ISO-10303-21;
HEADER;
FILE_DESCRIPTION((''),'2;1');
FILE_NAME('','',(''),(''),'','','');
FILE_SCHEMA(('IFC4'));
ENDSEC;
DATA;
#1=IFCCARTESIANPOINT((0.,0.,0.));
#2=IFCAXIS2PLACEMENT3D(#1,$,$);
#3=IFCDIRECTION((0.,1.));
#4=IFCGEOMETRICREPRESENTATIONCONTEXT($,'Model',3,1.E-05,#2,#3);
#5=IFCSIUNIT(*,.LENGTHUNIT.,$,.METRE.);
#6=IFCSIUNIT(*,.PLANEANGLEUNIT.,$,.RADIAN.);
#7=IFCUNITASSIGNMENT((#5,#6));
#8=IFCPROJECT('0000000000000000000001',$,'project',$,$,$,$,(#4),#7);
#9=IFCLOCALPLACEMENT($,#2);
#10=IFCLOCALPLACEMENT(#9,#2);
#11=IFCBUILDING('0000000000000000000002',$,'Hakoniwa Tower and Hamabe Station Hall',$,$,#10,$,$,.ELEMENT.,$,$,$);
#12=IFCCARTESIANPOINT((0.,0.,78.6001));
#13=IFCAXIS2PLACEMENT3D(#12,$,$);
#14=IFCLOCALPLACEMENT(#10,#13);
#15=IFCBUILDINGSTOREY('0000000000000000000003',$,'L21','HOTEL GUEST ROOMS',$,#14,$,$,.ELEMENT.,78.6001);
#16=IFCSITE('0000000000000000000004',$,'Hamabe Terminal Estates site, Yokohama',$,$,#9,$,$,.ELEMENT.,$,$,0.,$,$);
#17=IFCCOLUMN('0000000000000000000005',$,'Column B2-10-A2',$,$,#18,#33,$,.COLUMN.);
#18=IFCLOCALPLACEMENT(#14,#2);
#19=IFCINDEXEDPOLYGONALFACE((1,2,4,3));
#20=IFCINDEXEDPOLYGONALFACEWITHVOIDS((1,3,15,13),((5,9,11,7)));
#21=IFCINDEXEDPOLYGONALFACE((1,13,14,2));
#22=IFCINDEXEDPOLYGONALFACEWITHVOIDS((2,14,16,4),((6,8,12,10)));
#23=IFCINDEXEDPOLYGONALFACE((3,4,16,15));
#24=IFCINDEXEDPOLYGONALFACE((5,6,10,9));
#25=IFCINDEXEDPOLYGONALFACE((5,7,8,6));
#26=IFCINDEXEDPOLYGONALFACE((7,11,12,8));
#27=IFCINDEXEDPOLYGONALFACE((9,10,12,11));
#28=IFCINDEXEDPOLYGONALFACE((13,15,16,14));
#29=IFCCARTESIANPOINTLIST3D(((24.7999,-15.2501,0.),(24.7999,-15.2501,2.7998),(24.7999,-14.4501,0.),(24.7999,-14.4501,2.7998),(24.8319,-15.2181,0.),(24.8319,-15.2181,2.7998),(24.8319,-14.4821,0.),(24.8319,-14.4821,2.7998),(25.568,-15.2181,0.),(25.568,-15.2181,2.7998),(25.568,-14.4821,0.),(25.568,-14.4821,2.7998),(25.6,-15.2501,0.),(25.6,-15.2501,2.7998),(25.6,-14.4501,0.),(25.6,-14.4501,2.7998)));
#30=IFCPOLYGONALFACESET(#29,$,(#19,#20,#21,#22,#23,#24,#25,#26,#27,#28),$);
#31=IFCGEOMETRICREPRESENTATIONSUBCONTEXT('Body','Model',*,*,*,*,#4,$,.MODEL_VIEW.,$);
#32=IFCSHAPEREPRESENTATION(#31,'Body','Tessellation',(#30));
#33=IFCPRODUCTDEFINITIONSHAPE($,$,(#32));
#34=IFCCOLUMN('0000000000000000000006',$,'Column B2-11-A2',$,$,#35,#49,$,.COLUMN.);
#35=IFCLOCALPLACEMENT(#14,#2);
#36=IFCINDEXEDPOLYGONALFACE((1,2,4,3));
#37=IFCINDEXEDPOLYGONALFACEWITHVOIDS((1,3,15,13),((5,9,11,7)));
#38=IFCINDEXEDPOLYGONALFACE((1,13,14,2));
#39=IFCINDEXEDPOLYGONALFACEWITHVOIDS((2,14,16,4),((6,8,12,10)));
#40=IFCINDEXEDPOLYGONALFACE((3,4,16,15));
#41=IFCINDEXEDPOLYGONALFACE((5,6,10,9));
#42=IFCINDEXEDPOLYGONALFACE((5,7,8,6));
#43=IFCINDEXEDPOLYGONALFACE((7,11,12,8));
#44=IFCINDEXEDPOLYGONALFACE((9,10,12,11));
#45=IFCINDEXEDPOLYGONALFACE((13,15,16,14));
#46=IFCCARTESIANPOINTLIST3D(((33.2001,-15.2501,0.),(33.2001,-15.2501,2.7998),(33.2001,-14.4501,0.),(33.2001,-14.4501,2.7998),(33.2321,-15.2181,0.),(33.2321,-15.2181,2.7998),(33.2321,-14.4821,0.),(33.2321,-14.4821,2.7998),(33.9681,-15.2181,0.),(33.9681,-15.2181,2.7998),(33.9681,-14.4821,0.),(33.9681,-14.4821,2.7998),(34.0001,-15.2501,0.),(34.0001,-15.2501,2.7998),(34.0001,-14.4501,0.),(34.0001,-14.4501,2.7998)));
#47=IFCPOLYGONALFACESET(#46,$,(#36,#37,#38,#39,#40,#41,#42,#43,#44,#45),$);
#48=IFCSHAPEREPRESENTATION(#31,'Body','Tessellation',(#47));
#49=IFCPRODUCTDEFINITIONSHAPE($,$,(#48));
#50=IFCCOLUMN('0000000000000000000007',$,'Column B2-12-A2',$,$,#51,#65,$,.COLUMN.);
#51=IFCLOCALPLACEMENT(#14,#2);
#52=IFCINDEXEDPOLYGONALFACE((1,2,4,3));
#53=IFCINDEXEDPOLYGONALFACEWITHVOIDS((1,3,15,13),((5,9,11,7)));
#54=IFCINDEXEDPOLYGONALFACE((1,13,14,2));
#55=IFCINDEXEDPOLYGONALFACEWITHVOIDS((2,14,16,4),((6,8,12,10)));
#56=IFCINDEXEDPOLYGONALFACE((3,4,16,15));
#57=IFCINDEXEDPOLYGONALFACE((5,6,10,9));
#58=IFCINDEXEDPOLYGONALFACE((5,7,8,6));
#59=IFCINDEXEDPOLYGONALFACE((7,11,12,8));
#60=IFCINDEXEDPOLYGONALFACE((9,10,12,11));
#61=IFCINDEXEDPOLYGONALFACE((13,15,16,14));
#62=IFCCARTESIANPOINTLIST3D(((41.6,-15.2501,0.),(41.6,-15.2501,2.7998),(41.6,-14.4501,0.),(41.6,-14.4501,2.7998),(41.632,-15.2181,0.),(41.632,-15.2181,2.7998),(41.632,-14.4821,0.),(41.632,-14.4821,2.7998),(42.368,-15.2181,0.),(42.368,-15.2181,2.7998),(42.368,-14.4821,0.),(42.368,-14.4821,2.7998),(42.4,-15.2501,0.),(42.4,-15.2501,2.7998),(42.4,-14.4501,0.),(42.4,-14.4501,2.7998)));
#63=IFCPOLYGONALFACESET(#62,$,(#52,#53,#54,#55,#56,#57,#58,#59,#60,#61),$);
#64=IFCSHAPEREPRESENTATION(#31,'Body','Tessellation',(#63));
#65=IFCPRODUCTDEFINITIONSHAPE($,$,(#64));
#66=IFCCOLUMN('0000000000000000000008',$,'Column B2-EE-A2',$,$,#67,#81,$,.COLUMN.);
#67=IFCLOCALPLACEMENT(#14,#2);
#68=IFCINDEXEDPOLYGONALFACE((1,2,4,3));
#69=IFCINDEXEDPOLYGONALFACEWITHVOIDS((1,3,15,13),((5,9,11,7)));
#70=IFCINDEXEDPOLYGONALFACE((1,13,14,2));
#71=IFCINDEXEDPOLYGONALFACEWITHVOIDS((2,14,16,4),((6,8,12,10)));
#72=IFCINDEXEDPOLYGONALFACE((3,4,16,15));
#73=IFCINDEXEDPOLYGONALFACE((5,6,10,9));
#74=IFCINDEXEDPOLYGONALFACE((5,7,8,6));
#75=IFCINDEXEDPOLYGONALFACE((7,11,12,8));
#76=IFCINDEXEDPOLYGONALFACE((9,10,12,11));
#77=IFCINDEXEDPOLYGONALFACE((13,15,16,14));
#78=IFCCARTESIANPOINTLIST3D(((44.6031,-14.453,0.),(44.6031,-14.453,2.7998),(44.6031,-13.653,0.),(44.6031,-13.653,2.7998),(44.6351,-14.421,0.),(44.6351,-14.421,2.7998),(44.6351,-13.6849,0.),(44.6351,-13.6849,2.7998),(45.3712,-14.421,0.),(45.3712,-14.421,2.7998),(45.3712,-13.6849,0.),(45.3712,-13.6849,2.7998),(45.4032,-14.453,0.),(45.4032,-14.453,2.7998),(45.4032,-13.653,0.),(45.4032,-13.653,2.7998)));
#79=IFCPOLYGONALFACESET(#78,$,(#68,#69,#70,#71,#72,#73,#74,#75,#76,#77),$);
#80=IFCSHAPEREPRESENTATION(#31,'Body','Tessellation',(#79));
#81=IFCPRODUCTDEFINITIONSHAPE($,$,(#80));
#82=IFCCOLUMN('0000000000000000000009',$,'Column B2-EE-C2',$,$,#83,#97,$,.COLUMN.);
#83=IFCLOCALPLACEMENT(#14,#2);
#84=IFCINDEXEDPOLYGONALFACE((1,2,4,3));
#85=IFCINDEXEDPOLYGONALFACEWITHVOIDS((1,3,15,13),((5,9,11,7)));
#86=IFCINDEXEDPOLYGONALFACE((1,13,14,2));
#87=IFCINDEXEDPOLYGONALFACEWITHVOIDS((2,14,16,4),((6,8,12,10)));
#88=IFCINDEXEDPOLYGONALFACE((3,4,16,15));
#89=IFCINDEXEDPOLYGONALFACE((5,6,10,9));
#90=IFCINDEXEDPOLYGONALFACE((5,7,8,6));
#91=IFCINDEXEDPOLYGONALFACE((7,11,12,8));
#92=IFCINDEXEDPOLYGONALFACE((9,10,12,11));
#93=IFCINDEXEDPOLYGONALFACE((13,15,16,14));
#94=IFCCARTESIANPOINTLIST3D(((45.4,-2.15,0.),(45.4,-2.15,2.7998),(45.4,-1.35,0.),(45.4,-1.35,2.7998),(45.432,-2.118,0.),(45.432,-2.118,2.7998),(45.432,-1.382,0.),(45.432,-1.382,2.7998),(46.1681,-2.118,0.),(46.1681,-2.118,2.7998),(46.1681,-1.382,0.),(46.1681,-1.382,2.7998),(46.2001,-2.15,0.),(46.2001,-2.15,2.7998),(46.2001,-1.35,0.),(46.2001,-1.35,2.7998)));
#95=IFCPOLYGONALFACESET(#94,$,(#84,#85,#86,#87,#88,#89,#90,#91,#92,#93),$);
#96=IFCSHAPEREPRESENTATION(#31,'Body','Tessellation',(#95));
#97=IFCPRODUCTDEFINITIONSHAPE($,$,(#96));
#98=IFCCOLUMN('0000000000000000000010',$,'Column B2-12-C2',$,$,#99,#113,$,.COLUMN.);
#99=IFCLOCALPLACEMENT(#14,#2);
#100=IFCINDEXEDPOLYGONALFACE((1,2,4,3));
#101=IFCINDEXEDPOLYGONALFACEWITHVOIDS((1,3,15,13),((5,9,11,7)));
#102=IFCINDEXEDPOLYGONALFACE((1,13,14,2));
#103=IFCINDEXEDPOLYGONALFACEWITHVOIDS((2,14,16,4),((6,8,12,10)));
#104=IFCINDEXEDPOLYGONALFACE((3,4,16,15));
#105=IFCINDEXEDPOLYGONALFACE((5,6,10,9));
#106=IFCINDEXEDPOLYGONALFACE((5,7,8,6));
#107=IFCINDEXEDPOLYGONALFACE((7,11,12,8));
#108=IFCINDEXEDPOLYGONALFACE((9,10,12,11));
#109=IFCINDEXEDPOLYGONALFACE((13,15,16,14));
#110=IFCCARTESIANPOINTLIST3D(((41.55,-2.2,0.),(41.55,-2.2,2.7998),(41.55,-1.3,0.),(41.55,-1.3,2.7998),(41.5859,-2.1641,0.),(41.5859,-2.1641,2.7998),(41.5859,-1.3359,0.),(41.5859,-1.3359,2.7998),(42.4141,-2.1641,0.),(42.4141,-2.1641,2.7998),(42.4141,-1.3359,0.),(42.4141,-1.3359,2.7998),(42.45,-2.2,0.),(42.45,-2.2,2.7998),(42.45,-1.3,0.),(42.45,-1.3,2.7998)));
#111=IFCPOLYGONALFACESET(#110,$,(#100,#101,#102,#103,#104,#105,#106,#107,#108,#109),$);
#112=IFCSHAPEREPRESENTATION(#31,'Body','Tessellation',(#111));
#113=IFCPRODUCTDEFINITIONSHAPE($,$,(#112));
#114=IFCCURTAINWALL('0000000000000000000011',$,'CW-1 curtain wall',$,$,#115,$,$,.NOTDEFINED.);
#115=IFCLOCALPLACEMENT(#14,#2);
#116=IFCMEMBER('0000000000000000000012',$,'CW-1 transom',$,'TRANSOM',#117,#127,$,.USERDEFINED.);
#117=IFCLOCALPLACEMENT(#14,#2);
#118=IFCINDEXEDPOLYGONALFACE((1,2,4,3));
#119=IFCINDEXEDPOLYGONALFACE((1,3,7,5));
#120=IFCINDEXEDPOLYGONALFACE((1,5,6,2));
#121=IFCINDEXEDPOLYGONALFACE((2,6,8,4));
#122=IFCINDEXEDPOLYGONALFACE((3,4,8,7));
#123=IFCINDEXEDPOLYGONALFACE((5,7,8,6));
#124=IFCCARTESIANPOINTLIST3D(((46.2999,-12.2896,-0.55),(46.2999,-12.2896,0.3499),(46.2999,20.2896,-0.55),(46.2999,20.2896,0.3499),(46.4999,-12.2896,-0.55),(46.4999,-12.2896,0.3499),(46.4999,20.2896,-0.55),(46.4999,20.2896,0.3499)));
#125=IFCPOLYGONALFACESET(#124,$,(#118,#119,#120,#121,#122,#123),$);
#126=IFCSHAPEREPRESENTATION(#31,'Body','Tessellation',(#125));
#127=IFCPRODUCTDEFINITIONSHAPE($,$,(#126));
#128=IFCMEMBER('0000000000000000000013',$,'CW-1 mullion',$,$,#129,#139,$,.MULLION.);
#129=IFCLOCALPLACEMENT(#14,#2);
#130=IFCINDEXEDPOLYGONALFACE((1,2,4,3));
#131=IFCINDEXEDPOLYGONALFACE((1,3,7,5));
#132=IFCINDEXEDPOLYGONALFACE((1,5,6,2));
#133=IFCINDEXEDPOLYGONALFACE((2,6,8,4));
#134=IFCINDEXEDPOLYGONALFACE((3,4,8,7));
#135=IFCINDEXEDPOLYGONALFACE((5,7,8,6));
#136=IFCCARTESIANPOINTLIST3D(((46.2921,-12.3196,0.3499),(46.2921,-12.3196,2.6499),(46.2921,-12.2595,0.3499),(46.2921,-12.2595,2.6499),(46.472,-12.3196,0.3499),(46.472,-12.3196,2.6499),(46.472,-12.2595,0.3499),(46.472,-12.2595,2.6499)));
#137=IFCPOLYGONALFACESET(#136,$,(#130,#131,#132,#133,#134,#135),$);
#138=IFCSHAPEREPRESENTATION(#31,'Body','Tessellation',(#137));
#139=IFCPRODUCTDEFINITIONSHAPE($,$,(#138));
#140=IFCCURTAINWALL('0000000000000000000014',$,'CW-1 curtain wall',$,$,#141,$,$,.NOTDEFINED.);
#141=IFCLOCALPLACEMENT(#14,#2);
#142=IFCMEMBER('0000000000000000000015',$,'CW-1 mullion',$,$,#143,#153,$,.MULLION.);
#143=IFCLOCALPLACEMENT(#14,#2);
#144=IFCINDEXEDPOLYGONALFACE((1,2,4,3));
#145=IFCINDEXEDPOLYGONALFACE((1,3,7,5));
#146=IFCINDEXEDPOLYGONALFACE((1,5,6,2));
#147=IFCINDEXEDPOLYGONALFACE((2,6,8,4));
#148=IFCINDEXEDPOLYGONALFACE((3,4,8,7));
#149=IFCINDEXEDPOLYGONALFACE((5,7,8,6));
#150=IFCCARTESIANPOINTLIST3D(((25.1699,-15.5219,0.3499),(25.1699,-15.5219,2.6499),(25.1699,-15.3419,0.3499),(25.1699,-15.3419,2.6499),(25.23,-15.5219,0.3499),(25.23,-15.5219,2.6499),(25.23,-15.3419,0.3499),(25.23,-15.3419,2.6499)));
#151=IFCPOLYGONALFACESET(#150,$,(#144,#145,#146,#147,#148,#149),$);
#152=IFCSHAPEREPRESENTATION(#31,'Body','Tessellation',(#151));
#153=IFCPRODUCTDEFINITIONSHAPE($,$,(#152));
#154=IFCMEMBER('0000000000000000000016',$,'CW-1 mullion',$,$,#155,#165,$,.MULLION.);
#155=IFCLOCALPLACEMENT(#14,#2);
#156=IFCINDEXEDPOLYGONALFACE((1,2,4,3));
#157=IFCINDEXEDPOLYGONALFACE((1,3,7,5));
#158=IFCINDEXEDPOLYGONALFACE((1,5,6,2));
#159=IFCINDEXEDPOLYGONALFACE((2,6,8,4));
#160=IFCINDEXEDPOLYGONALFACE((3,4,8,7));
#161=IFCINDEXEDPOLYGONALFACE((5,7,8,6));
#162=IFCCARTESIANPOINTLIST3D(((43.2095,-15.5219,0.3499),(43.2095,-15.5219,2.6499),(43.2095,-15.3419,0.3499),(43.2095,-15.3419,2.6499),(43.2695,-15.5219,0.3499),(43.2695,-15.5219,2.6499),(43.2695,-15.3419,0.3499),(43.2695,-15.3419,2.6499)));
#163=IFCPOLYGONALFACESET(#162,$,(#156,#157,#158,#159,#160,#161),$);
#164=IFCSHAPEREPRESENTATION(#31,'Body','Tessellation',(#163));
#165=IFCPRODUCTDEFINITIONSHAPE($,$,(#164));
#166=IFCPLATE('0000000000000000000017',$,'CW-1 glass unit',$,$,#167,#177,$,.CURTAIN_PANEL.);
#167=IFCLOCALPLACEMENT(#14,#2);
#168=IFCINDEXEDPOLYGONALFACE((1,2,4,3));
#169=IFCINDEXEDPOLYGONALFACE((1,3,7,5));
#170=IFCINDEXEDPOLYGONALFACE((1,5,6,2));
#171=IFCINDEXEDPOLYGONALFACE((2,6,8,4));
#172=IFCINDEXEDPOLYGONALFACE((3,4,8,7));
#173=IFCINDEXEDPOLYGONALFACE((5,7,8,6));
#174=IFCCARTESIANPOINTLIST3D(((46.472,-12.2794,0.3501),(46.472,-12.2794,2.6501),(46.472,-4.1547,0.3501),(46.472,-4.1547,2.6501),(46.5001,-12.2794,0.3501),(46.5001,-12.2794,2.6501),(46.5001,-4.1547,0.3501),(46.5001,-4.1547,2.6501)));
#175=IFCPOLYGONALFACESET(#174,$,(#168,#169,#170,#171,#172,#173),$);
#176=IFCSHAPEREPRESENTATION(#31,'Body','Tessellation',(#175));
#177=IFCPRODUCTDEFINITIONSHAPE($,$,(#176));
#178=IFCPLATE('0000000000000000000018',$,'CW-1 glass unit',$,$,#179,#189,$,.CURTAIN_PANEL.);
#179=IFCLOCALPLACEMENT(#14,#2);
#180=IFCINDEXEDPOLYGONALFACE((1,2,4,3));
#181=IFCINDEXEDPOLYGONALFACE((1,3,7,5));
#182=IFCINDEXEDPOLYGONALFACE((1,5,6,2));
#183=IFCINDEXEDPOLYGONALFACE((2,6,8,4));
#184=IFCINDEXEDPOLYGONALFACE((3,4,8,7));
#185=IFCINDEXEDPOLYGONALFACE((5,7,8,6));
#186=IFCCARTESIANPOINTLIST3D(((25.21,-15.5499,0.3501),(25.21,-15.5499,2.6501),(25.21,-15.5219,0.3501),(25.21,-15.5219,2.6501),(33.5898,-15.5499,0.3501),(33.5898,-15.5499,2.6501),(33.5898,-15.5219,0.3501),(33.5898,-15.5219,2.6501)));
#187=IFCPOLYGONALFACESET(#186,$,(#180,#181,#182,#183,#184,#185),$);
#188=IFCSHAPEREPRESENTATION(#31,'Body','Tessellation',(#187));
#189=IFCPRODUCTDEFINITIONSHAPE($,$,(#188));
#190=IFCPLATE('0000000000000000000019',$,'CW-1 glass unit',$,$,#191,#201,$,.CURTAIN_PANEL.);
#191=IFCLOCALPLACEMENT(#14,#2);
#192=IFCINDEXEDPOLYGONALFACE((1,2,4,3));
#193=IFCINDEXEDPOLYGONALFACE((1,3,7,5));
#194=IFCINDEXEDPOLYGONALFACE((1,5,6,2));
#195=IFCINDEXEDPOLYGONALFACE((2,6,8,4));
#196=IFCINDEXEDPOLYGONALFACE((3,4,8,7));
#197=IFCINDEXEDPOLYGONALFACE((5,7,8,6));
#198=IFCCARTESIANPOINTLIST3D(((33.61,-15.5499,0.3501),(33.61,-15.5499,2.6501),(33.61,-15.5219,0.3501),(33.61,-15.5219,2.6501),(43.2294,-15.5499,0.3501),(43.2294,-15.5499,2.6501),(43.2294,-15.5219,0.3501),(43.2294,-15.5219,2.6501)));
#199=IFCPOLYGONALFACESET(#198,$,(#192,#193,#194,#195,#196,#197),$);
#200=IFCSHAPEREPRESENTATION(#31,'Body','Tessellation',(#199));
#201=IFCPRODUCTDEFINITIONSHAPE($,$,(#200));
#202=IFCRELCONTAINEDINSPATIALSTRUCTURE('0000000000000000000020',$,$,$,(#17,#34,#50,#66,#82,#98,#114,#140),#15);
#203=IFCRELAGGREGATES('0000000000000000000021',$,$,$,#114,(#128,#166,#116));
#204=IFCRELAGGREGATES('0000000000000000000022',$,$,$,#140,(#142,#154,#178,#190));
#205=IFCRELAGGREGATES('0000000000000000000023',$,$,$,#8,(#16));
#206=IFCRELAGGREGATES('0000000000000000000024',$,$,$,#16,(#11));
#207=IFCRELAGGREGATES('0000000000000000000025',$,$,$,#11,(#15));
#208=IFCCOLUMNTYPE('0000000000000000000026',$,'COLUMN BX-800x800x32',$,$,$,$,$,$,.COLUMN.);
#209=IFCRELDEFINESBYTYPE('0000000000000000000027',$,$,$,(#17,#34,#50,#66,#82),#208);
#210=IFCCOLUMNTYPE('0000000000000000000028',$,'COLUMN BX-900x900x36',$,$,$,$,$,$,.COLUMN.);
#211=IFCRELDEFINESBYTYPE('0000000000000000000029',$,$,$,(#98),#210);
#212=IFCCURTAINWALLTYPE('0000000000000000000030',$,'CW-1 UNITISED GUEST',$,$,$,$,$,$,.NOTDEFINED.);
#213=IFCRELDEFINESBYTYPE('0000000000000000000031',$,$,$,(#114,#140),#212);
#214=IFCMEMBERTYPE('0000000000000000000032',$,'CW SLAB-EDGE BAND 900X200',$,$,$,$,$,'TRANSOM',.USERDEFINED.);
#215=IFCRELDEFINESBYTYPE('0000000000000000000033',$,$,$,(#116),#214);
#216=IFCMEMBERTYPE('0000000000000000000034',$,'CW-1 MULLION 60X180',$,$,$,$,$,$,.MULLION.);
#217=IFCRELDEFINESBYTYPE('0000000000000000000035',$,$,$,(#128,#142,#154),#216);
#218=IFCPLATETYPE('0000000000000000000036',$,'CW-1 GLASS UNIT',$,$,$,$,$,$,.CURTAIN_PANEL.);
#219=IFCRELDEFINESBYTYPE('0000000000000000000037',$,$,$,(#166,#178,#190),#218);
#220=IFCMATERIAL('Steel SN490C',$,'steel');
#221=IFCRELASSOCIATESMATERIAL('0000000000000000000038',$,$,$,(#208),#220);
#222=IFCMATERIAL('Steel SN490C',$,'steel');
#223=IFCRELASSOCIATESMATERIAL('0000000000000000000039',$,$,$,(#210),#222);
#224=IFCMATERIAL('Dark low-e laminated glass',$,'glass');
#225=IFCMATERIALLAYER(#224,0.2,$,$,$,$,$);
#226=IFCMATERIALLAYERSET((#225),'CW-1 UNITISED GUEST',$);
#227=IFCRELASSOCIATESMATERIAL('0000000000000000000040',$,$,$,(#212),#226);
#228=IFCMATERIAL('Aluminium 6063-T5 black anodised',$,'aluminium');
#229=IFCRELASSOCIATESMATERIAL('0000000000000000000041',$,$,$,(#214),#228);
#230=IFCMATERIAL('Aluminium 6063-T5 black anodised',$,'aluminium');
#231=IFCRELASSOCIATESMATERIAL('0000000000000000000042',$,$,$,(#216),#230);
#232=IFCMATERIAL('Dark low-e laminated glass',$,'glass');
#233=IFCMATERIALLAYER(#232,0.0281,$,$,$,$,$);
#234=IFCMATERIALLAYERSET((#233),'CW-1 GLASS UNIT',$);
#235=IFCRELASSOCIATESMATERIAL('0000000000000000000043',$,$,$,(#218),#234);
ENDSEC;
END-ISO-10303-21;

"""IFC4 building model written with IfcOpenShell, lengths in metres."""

from ifc_helpers import new_model, si_unit, direction, frame, origin, origin_2d, place, context, subcontext, project, spatial, rectangle, hollow_rectangle, extrude, material, layer, layer_set, material_profile, profile_set, type_object, element, aggregate, save


model = new_model("IFC4")

# Units and contexts
model_context = context("Model", 3, precision=1e-05, world=origin(), true_north=direction((0.0, 1.0)))
body_context = subcontext(model_context, "Body", "Model", "MODEL_VIEW")
ifc_project = project(units=[si_unit("LENGTHUNIT", "METRE"), si_unit("PLANEANGLEUNIT", "RADIAN")], contexts=[model_context])

# Site, building, storey
site_placement = place(None, origin())
site = spatial("IfcSite", under=ifc_project, at=site_placement, Name="Hamabe Terminal Estates site, Yokohama", CompositionType="ELEMENT", RefElevation=0.0)
building_placement = place(site_placement, origin())
building = spatial("IfcBuilding", under=site, at=building_placement, Name="Hakoniwa Tower and Hamabe Station Hall", CompositionType="ELEMENT")
storey_placement = place(building_placement, frame((0.0, 0.0, 78.6001)))
storey = spatial("IfcBuildingStorey", under=building, at=storey_placement, Name="L21", Description="HOTEL GUEST ROOMS", CompositionType="ELEMENT", Elevation=78.6001)

# Columns
ifc_material_1 = material(Name="Steel SN490C", Category="steel")
ifc_material_profile_1 = material_profile(ifc_material_1, hollow_rectangle(XDim=0.8, YDim=0.8, WallThickness=0.032, at=origin_2d()), Name="BX-800x800x32")
ifc_profile_set_1 = profile_set([ifc_material_profile_1], Name="Steel SN490C")
column_type_1 = type_object("IfcColumnType", Name="COLUMN BX-800x800x32", PredefinedType="COLUMN", material=ifc_profile_set_1)
for number, where, z_axis, x_axis, name in (
    (1, (25.2, -14.8501, 0.0), (0.0, 0.0, 1.0), (1.0, 0.0, 0.0), "Column B2-10-A2"),
    (2, (33.6001, -14.8501, 0.0), (0.0, 0.0, 1.0), (1.0, 0.0, 0.0), "Column B2-11-A2"),
    (3, (42.0, -14.8501, 0.0), (0.0, 0.0, 1.0), (1.0, 0.0, 0.0), "Column B2-12-A2"),
    (4, (45.0032, -14.053, 0.0), (0.0, 0.0, 1.0), (1.0, 0.0, 0.0), "Column B2-EE-A2"),
    (5, (45.8, -1.75, 0.0), (0.0, 0.0, 1.0), (1.0, 0.0, 0.0), "Column B2-EE-C2"),
):
    element("IfcColumn", number, at=place(storey_placement, frame(where, z_axis=z_axis, x_axis=x_axis)), inside=storey, type_object=column_type_1, Name=name, PredefinedType="COLUMN", context=body_context, shape_type="SweptSolid", body=[
        extrude(hollow_rectangle(XDim=0.8, YDim=0.8, WallThickness=0.032, at=origin_2d()), origin(), (0.0, 0.0, 1.0), 2.7998),
    ])
ifc_material_2 = material(Name="Steel SN490C", Category="steel")
ifc_material_profile_2 = material_profile(ifc_material_2, hollow_rectangle(XDim=0.8999, YDim=0.8999, WallThickness=0.0359, at=origin_2d()), Name="BX-900x900x36")
ifc_profile_set_2 = profile_set([ifc_material_profile_2], Name="Steel SN490C")
column_type_2 = type_object("IfcColumnType", Name="COLUMN BX-900x900x36", PredefinedType="COLUMN", material=ifc_profile_set_2)
column_placement = place(storey_placement, frame((42.0, -1.75, 0.0), z_axis=(0.0, 0.0, 1.0), x_axis=(1.0, 0.0, 0.0)))
element("IfcColumn", 6, at=column_placement, inside=storey, type_object=column_type_2, Name="Column B2-12-C2", PredefinedType="COLUMN", context=body_context, shape_type="SweptSolid", body=[
    extrude(hollow_rectangle(XDim=0.8999, YDim=0.8999, WallThickness=0.0359, at=origin_2d()), origin(), (0.0, 0.0, 1.0), 2.7998),
])

# Curtain walls, members
ifc_material_3 = material(Name="Dark low-e laminated glass", Category="glass")
ifc_layer_1 = layer(ifc_material_3, 0.2)
ifc_layer_set_1 = layer_set([ifc_layer_1], Name="CW-1 UNITISED GUEST")
curtain_wall_type = type_object("IfcCurtainWallType", Name="CW-1 UNITISED GUEST", PredefinedType="NOTDEFINED", material=ifc_layer_set_1)
curtain_wall_1_placement = place(storey_placement, origin())
curtain_wall_1 = element("IfcCurtainWall", 7, at=curtain_wall_1_placement, inside=storey, type_object=curtain_wall_type, Name="CW-1 curtain wall", PredefinedType="NOTDEFINED")
ifc_material_4 = material(Name="Aluminium 6063-T5 black anodised", Category="aluminium")
ifc_material_profile_3 = material_profile(ifc_material_4, rectangle(XDim=0.2, YDim=0.8999, at=origin_2d()), Name="CW SLAB-EDGE BAND 900X200")
ifc_profile_set_3 = profile_set([ifc_material_profile_3], Name="Aluminium 6063-T5 black anodised")
member_type_1 = type_object("IfcMemberType", Name="CW SLAB-EDGE BAND 900X200", ElementType="TRANSOM", PredefinedType="USERDEFINED", material=ifc_profile_set_3)
member_1_placement = place(storey_placement, frame((46.3999, -12.2896, -0.1001), z_axis=(0.0, 1.0, 0.0), x_axis=(-1.0, 0.0, 0.0)))
member_1 = element("IfcMember", 8, at=member_1_placement, type_object=member_type_1, Name="CW-1 transom", ObjectType="TRANSOM", PredefinedType="USERDEFINED", context=body_context, shape_type="SweptSolid", body=[
    extrude(rectangle(XDim=0.2, YDim=0.8999, at=origin_2d()), origin(), (0.0, 0.0, 1.0), 32.5791),
])
ifc_material_5 = material(Name="Aluminium 6063-T5 black anodised", Category="aluminium")
ifc_material_profile_4 = material_profile(ifc_material_5, rectangle(XDim=0.0601, YDim=0.1799, at=origin_2d()), Name="CW-1 MULLION 60X180")
ifc_profile_set_4 = profile_set([ifc_material_profile_4], Name="Aluminium 6063-T5 black anodised")
member_type_2 = type_object("IfcMemberType", Name="CW-1 MULLION 60X180", PredefinedType="MULLION", material=ifc_profile_set_4)
member_2_placement = place(storey_placement, frame((46.3821, -12.2896, 0.3499), z_axis=(0.0, 0.0, 1.0), x_axis=(0.0, 1.0, 0.0)))
member_2 = element("IfcMember", 9, at=member_2_placement, type_object=member_type_2, Name="CW-1 mullion", PredefinedType="MULLION", context=body_context, shape_type="SweptSolid", body=[
    extrude(rectangle(XDim=0.0601, YDim=0.1799, at=origin_2d()), origin(), (0.0, 0.0, 1.0), 2.3),
])
curtain_wall_2_placement = place(storey_placement, origin())
curtain_wall_2 = element("IfcCurtainWall", 10, at=curtain_wall_2_placement, inside=storey, type_object=curtain_wall_type, Name="CW-1 curtain wall", PredefinedType="NOTDEFINED")
member_3_placement = place(storey_placement, frame((25.2, -15.4319, 0.3499), z_axis=(0.0, 0.0, 1.0), x_axis=(1.0, 0.0, 0.0)))
member_3 = element("IfcMember", 11, at=member_3_placement, type_object=member_type_2, Name="CW-1 mullion", PredefinedType="MULLION", context=body_context, shape_type="SweptSolid", body=[
    extrude(rectangle(XDim=0.0601, YDim=0.1799, at=origin_2d()), origin(), (0.0, 0.0, 1.0), 2.3),
])
member_4_placement = place(storey_placement, frame((43.2395, -15.4319, 0.3499), z_axis=(0.0, 0.0, 1.0), x_axis=(1.0, 0.0, 0.0)))
member_4 = element("IfcMember", 12, at=member_4_placement, type_object=member_type_2, Name="CW-1 mullion", PredefinedType="MULLION", context=body_context, shape_type="SweptSolid", body=[
    extrude(rectangle(XDim=0.0601, YDim=0.1799, at=origin_2d()), origin(), (0.0, 0.0, 1.0), 2.3),
])

# Plates
ifc_material_6 = material(Name="Dark low-e laminated glass", Category="glass")
ifc_layer_2 = layer(ifc_material_6, 0.0281)
ifc_layer_set_2 = layer_set([ifc_layer_2], Name="CW-1 GLASS UNIT")
plate_type = type_object("IfcPlateType", Name="CW-1 GLASS UNIT", PredefinedType="CURTAIN_PANEL", material=ifc_layer_set_2)
plate_1_placement = place(storey_placement, frame((46.4861, -8.217, 0.3501), z_axis=(0.0, 0.0, 1.0), x_axis=(0.0, 1.0, 0.0)))
plate_1 = element("IfcPlate", 13, at=plate_1_placement, type_object=plate_type, Name="CW-1 glass unit", PredefinedType="CURTAIN_PANEL", context=body_context, shape_type="SweptSolid", body=[
    extrude(rectangle(XDim=8.1248, YDim=0.0281, at=origin_2d()), origin(), (0.0, 0.0, 1.0), 2.3),
])
aggregate(curtain_wall_1, [member_2, plate_1, member_1])
plate_2_placement = place(storey_placement, frame((29.3999, -15.5359, 0.3501), z_axis=(0.0, 0.0, 1.0), x_axis=(1.0, 0.0, 0.0)))
plate_2 = element("IfcPlate", 14, at=plate_2_placement, type_object=plate_type, Name="CW-1 glass unit", PredefinedType="CURTAIN_PANEL", context=body_context, shape_type="SweptSolid", body=[
    extrude(rectangle(XDim=8.3799, YDim=0.0281, at=origin_2d()), origin(), (0.0, 0.0, 1.0), 2.3),
])
plate_3_placement = place(storey_placement, frame((38.4197, -15.5359, 0.3501), z_axis=(0.0, 0.0, 1.0), x_axis=(1.0, 0.0, 0.0)))
plate_3 = element("IfcPlate", 15, at=plate_3_placement, type_object=plate_type, Name="CW-1 glass unit", PredefinedType="CURTAIN_PANEL", context=body_context, shape_type="SweptSolid", body=[
    extrude(rectangle(XDim=9.6194, YDim=0.0281, at=origin_2d()), origin(), (0.0, 0.0, 1.0), 2.3),
])
aggregate(curtain_wall_2, [member_3, member_4, plate_2, plate_3])

save(model, "model.ifc")
